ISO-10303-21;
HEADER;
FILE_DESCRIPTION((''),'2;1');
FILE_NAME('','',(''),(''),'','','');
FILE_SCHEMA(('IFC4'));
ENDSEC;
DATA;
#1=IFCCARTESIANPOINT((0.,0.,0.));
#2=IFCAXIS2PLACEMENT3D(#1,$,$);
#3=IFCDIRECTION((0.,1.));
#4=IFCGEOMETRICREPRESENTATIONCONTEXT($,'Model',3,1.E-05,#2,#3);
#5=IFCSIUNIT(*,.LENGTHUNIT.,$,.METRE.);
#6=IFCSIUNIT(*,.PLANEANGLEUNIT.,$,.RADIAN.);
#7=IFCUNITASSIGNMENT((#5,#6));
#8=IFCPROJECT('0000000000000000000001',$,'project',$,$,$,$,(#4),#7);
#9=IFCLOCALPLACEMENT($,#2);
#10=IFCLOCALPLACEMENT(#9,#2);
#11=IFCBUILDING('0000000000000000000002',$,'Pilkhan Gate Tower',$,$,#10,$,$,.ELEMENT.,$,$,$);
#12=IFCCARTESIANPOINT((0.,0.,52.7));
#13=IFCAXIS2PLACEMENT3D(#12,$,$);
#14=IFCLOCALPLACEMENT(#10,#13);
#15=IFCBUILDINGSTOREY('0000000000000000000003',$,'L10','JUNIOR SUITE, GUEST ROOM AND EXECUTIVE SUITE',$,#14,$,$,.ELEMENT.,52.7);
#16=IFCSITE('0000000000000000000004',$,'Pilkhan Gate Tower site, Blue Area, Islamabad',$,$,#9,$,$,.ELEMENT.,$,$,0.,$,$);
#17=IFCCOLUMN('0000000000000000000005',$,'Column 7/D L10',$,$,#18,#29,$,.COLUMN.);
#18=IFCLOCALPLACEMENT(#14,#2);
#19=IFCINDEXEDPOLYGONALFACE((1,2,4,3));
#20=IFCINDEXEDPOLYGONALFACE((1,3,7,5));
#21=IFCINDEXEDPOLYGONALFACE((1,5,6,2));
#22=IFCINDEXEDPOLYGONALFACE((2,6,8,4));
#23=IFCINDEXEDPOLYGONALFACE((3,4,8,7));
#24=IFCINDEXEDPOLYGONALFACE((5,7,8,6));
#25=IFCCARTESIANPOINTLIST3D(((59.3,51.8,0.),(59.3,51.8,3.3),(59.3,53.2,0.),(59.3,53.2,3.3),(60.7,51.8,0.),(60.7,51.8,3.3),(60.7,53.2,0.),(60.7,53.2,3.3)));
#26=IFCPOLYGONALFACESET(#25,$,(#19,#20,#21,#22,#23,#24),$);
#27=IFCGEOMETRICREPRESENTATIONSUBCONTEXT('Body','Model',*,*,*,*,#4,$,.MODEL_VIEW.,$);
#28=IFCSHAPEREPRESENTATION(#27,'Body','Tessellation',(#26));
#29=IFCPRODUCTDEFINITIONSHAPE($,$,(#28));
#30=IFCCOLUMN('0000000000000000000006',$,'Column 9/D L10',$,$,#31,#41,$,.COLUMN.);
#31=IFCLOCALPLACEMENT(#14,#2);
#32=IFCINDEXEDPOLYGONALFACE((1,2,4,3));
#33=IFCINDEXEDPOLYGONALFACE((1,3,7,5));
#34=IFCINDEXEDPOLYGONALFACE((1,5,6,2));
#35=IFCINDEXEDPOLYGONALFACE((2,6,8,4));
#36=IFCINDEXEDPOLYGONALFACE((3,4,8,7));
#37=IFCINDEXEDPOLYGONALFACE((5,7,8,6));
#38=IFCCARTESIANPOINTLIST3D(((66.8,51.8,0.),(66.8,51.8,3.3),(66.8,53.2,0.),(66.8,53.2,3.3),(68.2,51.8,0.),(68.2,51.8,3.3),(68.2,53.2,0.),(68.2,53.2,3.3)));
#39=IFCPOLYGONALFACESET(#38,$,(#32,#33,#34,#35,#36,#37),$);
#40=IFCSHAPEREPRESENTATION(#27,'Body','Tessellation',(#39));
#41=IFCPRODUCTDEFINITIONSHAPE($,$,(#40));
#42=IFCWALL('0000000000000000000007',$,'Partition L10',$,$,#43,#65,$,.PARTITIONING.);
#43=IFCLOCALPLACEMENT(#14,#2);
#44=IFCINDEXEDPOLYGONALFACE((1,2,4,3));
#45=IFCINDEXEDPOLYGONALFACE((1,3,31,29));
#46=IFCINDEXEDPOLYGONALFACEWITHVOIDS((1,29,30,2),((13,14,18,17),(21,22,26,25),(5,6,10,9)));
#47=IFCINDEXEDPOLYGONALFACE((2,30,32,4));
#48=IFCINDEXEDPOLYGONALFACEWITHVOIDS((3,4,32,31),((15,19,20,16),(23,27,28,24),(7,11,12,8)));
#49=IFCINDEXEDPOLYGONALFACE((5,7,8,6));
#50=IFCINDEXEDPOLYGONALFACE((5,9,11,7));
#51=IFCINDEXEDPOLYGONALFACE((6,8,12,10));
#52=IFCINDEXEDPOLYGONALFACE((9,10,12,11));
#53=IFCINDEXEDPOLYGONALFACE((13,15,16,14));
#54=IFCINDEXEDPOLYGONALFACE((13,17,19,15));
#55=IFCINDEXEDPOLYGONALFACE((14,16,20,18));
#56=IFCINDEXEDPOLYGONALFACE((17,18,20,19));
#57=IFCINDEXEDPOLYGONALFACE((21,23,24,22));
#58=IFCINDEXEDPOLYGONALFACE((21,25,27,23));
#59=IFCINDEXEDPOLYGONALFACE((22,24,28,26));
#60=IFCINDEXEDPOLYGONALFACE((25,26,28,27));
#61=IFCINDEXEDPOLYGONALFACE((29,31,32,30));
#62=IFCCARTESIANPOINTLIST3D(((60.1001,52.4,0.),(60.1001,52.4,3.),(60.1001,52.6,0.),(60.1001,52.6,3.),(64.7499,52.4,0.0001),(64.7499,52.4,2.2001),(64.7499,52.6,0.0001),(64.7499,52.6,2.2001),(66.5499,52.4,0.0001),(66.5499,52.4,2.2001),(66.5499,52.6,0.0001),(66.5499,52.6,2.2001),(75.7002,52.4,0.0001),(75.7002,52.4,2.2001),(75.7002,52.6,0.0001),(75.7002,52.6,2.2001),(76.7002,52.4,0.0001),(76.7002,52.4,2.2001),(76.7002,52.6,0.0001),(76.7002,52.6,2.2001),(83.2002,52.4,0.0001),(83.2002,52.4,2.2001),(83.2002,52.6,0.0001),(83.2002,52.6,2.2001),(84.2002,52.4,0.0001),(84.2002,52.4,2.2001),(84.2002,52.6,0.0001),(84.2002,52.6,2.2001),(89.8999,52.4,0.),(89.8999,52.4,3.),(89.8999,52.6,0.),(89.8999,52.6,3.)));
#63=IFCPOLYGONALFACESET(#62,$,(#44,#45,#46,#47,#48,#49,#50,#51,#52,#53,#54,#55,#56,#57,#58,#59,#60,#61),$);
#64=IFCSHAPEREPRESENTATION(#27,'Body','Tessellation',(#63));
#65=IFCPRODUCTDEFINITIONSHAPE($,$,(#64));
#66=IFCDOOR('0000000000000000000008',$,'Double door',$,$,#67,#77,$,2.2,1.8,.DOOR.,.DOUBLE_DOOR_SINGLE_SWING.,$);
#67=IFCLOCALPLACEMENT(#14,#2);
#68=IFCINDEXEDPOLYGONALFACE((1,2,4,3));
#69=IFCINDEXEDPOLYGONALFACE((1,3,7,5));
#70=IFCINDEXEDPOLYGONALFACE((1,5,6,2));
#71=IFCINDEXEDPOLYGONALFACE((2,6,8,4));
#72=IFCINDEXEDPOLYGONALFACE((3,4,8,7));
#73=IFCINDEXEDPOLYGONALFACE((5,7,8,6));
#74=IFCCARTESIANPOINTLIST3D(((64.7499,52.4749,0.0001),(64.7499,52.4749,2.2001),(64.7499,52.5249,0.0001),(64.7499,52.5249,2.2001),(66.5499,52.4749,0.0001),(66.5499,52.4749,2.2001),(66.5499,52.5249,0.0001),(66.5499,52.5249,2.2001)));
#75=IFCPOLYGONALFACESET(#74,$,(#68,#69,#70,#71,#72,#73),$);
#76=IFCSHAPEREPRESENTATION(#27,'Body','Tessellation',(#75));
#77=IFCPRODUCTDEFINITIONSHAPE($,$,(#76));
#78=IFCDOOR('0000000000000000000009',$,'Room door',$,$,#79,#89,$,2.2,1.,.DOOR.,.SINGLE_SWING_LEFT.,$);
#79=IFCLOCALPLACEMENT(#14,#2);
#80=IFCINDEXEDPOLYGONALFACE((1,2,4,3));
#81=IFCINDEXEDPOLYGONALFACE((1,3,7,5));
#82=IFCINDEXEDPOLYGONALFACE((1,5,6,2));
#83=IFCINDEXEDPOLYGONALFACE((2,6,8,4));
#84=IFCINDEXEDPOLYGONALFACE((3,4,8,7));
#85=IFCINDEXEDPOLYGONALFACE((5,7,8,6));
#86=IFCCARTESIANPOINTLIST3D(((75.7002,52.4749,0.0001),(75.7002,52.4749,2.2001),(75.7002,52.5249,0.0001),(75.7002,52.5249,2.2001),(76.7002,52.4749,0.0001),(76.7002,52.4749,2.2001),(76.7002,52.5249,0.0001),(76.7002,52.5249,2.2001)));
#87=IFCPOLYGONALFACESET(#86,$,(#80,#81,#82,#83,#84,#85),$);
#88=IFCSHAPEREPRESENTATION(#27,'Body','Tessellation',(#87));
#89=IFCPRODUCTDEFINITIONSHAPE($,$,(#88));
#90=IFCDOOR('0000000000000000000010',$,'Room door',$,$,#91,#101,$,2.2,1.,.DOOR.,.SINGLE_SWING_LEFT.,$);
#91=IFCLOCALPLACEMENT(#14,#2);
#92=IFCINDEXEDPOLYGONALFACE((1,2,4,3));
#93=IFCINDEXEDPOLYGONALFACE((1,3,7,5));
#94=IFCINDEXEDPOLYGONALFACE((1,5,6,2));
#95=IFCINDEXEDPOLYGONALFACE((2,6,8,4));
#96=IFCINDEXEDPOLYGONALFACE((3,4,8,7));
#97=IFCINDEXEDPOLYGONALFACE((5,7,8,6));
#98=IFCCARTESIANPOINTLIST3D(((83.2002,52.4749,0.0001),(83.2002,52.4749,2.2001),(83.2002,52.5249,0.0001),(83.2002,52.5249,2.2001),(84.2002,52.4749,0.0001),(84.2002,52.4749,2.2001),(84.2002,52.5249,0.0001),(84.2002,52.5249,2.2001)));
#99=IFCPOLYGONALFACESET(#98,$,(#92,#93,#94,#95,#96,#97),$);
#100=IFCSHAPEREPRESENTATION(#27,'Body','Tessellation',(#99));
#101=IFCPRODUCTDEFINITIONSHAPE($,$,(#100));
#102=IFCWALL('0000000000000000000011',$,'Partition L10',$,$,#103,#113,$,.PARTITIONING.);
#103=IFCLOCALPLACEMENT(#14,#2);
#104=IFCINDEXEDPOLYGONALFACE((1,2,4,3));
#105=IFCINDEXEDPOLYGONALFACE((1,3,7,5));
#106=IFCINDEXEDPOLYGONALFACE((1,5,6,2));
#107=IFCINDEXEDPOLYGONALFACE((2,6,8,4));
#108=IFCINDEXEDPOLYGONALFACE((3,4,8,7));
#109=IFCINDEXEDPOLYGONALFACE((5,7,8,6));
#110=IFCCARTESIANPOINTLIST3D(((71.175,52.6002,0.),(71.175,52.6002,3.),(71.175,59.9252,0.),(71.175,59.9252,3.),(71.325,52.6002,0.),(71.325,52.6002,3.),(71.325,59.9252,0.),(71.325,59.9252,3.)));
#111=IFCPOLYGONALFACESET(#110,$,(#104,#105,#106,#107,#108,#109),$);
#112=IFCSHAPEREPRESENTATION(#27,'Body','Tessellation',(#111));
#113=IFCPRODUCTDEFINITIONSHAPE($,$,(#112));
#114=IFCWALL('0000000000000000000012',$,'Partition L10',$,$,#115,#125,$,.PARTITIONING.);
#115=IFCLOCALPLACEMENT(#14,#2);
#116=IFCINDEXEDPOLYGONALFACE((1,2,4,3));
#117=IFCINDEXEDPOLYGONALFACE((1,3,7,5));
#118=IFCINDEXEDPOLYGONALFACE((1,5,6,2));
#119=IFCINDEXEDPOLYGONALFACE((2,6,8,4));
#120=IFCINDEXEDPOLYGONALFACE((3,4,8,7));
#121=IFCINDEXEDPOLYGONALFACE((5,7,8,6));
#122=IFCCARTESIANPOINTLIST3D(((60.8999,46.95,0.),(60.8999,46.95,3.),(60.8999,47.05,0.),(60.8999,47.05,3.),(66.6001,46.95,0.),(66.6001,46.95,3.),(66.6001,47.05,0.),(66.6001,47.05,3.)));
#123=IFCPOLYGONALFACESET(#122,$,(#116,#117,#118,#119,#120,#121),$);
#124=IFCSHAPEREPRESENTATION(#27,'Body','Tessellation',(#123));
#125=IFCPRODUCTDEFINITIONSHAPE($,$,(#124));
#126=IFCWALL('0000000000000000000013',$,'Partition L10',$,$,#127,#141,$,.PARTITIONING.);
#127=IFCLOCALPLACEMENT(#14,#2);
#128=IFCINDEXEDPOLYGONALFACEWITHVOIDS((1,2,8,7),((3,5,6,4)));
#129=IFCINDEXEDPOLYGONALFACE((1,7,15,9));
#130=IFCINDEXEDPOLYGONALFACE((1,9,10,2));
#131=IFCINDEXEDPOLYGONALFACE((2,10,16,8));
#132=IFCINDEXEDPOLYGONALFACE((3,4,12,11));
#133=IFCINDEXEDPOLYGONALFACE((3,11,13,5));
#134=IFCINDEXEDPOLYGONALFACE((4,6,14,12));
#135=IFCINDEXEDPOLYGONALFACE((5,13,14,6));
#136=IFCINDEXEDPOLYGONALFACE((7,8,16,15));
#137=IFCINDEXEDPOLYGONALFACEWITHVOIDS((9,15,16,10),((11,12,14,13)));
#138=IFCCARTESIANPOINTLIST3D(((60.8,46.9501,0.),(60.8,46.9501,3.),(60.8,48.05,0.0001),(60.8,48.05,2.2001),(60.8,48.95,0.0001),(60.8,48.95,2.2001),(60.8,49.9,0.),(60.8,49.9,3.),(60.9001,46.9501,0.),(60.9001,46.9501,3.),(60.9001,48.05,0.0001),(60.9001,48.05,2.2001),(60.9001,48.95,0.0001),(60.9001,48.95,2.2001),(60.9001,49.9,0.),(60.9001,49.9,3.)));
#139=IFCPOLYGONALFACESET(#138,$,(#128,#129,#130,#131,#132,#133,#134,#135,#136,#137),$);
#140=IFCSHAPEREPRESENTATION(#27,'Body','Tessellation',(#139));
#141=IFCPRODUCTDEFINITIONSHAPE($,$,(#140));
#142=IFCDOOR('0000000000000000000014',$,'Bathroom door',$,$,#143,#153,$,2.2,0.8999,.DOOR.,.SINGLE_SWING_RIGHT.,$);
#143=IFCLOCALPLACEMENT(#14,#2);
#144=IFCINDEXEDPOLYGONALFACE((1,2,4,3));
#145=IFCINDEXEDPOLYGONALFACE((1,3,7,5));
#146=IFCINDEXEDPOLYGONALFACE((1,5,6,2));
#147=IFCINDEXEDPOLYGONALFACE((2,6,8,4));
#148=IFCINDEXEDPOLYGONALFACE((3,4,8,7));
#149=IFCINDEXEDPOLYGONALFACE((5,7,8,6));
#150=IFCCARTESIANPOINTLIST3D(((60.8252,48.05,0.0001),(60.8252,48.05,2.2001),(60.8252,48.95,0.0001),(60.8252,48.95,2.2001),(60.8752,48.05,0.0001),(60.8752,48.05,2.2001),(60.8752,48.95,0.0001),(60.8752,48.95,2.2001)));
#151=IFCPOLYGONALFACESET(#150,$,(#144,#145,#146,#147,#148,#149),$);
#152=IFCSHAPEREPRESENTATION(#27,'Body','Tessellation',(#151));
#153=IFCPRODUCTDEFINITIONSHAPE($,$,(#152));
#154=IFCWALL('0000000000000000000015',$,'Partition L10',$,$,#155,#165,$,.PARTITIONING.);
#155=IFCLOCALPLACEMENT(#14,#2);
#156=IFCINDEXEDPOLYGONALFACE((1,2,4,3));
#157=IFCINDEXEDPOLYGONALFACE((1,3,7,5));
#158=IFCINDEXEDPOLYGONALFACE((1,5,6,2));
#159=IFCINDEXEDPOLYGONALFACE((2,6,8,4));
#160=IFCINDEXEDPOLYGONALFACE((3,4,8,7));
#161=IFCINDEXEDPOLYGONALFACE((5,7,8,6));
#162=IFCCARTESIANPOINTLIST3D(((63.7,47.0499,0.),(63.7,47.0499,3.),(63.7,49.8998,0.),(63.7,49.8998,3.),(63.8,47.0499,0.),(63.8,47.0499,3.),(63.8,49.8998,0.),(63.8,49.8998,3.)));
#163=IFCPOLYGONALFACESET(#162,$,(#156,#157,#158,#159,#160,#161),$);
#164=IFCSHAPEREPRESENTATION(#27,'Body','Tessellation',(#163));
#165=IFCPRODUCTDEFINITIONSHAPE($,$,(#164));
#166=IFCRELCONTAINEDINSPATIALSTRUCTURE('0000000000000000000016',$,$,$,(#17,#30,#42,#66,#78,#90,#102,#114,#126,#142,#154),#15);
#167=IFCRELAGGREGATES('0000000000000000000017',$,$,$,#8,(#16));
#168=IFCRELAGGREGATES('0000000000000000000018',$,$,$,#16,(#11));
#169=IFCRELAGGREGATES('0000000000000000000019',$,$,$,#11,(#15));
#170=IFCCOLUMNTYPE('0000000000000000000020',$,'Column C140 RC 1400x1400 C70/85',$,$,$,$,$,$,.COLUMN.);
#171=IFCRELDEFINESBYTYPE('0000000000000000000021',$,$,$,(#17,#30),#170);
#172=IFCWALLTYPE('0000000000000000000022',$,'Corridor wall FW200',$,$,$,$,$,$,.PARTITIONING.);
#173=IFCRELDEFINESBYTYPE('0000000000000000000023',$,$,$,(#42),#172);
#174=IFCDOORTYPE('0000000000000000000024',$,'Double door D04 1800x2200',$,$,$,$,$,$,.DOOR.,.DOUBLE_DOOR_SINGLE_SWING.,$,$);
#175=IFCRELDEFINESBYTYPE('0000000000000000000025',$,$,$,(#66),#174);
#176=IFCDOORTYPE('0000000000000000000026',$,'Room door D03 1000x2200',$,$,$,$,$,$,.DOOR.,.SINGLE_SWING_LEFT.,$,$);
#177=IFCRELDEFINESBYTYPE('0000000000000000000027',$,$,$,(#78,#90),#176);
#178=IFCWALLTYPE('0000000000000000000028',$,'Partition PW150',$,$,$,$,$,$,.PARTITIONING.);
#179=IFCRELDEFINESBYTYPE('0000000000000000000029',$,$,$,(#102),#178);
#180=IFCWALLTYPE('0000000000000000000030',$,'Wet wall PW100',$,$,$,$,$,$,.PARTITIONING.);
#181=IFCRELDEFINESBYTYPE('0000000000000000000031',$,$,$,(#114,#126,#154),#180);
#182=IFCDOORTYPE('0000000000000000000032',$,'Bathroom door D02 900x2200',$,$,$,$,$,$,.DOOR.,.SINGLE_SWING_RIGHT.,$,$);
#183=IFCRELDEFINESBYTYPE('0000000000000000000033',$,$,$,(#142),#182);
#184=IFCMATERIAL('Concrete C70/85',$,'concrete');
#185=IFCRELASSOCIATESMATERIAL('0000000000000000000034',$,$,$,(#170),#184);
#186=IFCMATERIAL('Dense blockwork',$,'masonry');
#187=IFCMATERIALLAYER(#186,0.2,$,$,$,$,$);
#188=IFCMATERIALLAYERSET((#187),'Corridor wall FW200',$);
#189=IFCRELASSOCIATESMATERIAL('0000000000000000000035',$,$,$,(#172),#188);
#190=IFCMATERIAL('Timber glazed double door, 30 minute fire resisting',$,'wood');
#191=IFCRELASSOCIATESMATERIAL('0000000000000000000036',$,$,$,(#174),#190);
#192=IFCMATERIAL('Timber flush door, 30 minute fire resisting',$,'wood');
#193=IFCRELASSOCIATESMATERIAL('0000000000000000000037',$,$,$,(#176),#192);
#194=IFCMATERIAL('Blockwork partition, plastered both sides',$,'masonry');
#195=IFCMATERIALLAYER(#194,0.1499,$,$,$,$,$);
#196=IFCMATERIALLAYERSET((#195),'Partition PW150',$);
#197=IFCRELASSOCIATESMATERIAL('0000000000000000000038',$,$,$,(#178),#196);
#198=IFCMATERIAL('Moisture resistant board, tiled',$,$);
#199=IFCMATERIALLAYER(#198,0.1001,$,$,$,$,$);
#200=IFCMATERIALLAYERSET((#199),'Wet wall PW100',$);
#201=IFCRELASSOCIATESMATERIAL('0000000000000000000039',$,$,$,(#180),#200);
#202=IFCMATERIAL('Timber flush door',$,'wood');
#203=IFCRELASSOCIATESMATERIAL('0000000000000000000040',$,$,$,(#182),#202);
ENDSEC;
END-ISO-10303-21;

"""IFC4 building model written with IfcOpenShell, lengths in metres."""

from ifc_helpers import new_model, si_unit, direction, frame, frame_2d, origin, origin_2d, place, context, subcontext, project, spatial, rectangle, extrude, material, layer, layer_set, material_profile, profile_set, type_object, element, fill, save


model = new_model("IFC4")

# Units and contexts
model_context = context("Model", 3, precision=1e-05, world=origin(), true_north=direction((0.0, 1.0)))
body_context = subcontext(model_context, "Body", "Model", "MODEL_VIEW")
ifc_project = project(units=[si_unit("LENGTHUNIT", "METRE"), si_unit("PLANEANGLEUNIT", "RADIAN")], contexts=[model_context])

# Site, building, storey
site_placement = place(None, origin())
site = spatial("IfcSite", under=ifc_project, at=site_placement, Name="Pilkhan Gate Tower site, Blue Area, Islamabad", CompositionType="ELEMENT", RefElevation=0.0)
building_placement = place(site_placement, origin())
building = spatial("IfcBuilding", under=site, at=building_placement, Name="Pilkhan Gate Tower", CompositionType="ELEMENT")
storey_placement = place(building_placement, frame((0.0, 0.0, 52.7)))
storey = spatial("IfcBuildingStorey", under=building, at=storey_placement, Name="L10", Description="JUNIOR SUITE, GUEST ROOM AND EXECUTIVE SUITE", CompositionType="ELEMENT", Elevation=52.7)

# Columns
ifc_material_1 = material(Name="Concrete C70/85", Category="concrete")
ifc_material_profile = material_profile(ifc_material_1, rectangle(XDim=1.3999, YDim=1.3999, at=origin_2d()), Name="RC 1400x1400")
ifc_profile_set = profile_set([ifc_material_profile], Name="Concrete C70/85")
column_type = type_object("IfcColumnType", Name="Column C140 RC 1400x1400 C70/85", PredefinedType="COLUMN", material=ifc_profile_set)
for number, where, z_axis, x_axis, name in (
    (1, (60.0, 52.5, 0.0), (0.0, 0.0, 1.0), (1.0, 0.0, 0.0), "Column 7/D L10"),
    (2, (67.5, 52.5, 0.0), (0.0, 0.0, 1.0), (1.0, 0.0, 0.0), "Column 9/D L10"),
):
    element("IfcColumn", number, at=place(storey_placement, frame(where, z_axis=z_axis, x_axis=x_axis)), inside=storey, type_object=column_type, Name=name, PredefinedType="COLUMN", context=body_context, shape_type="SweptSolid", body=[
        extrude(rectangle(XDim=1.3999, YDim=1.3999, at=origin_2d()), origin(), (0.0, 0.0, 1.0), 3.3),
    ])

# Wall, openings, doors
ifc_material_2 = material(Name="Dense blockwork", Category="masonry")
ifc_layer_1 = layer(ifc_material_2, 0.2)
ifc_layer_set_1 = layer_set([ifc_layer_1], Name="Corridor wall FW200")
wall_type_1 = type_object("IfcWallType", Name="Corridor wall FW200", PredefinedType="PARTITIONING", material=ifc_layer_set_1)
wall_1_placement = place(storey_placement, frame((60.1001, 52.5, 0.0), z_axis=(0.0, 0.0, 1.0), x_axis=(1.0, 0.0, 0.0)))
wall_1 = element("IfcWall", 3, at=wall_1_placement, inside=storey, type_object=wall_type_1, Name="Partition L10", PredefinedType="PARTITIONING", context=body_context, shape_type="SweptSolid", body=[
    extrude(rectangle(XDim=29.7998, YDim=0.2, at=frame_2d((14.8999, 0.0))), origin(), (0.0, 0.0, 1.0), 3.0),
])
opening_1_placement = place(wall_1_placement, frame((4.6499, 0.0, 0.0)))
opening_1 = element("IfcOpeningElement", 4, at=opening_1_placement, cuts=wall_1, PredefinedType="OPENING", context=body_context, shape_type="SweptSolid", body=[
    extrude(rectangle(XDim=1.8, YDim=2.2, at=frame_2d((0.8999, 1.1001))), frame((0.0, 0.1099, 0.0), z_axis=(0.0, -1.0, 0.0), x_axis=(1.0, 0.0, 0.0)), (0.0, 0.0, 1.0), 0.22),
])
opening_2_placement = place(wall_1_placement, frame((15.6001, 0.0, 0.0)))
opening_2 = element("IfcOpeningElement", 5, at=opening_2_placement, cuts=wall_1, PredefinedType="OPENING", context=body_context, shape_type="SweptSolid", body=[
    extrude(rectangle(XDim=1.0, YDim=2.2, at=frame_2d((0.5, 1.1001))), frame((0.0, 0.1099, 0.0), z_axis=(0.0, -1.0, 0.0), x_axis=(1.0, 0.0, 0.0)), (0.0, 0.0, 1.0), 0.22),
])
opening_3_placement = place(wall_1_placement, frame((23.1001, 0.0, 0.0)))
opening_3 = element("IfcOpeningElement", 6, at=opening_3_placement, cuts=wall_1, PredefinedType="OPENING", context=body_context, shape_type="SweptSolid", body=[
    extrude(rectangle(XDim=1.0, YDim=2.2, at=frame_2d((0.5, 1.1001))), frame((0.0, 0.1099, 0.0), z_axis=(0.0, -1.0, 0.0), x_axis=(1.0, 0.0, 0.0)), (0.0, 0.0, 1.0), 0.22),
])
ifc_material_3 = material(Name="Timber glazed double door, 30 minute fire resisting", Category="wood")
door_type_1 = type_object("IfcDoorType", Name="Double door D04 1800x2200", OperationType="DOUBLE_DOOR_SINGLE_SWING", PredefinedType="DOOR", material=ifc_material_3)
door_1_placement = place(opening_1_placement, origin())
door_1 = element("IfcDoor", 7, at=door_1_placement, inside=storey, type_object=door_type_1, Name="Double door", OperationType="DOUBLE_DOOR_SINGLE_SWING", OverallHeight=2.2, OverallWidth=1.8, PredefinedType="DOOR", context=body_context, shape_type="SweptSolid", body=[
    extrude(rectangle(XDim=1.8, YDim=2.2, at=frame_2d((0.8999, 1.1001))), frame((0.0, 0.0249, 0.0), z_axis=(0.0, -1.0, 0.0), x_axis=(1.0, 0.0, 0.0)), (0.0, 0.0, 1.0), 0.05),
])
fill(opening_1, door_1)
ifc_material_4 = material(Name="Timber flush door, 30 minute fire resisting", Category="wood")
door_type_2 = type_object("IfcDoorType", Name="Room door D03 1000x2200", OperationType="SINGLE_SWING_LEFT", PredefinedType="DOOR", material=ifc_material_4)
door_2_placement = place(opening_2_placement, origin())
door_2 = element("IfcDoor", 8, at=door_2_placement, inside=storey, type_object=door_type_2, Name="Room door", OperationType="SINGLE_SWING_LEFT", OverallHeight=2.2, OverallWidth=1.0, PredefinedType="DOOR", context=body_context, shape_type="SweptSolid", body=[
    extrude(rectangle(XDim=1.0, YDim=2.2, at=frame_2d((0.5, 1.1001))), frame((0.0, 0.0249, 0.0), z_axis=(0.0, -1.0, 0.0), x_axis=(1.0, 0.0, 0.0)), (0.0, 0.0, 1.0), 0.05),
])
fill(opening_2, door_2)
door_3_placement = place(opening_3_placement, origin())
door_3 = element("IfcDoor", 9, at=door_3_placement, inside=storey, type_object=door_type_2, Name="Room door", OperationType="SINGLE_SWING_LEFT", OverallHeight=2.2, OverallWidth=1.0, PredefinedType="DOOR", context=body_context, shape_type="SweptSolid", body=[
    extrude(rectangle(XDim=1.0, YDim=2.2, at=frame_2d((0.5, 1.1001))), frame((0.0, 0.0249, 0.0), z_axis=(0.0, -1.0, 0.0), x_axis=(1.0, 0.0, 0.0)), (0.0, 0.0, 1.0), 0.05),
])
fill(opening_3, door_3)

# Walls
ifc_material_5 = material(Name="Blockwork partition, plastered both sides", Category="masonry")
ifc_layer_2 = layer(ifc_material_5, 0.1499)
ifc_layer_set_2 = layer_set([ifc_layer_2], Name="Partition PW150")
wall_type_2 = type_object("IfcWallType", Name="Partition PW150", PredefinedType="PARTITIONING", material=ifc_layer_set_2)
wall_2_placement = place(storey_placement, frame((71.25, 52.6001, 0.0), z_axis=(0.0, 0.0, 1.0), x_axis=(0.0, 1.0, 0.0)))
element("IfcWall", 10, at=wall_2_placement, inside=storey, type_object=wall_type_2, Name="Partition L10", PredefinedType="PARTITIONING", context=body_context, shape_type="SweptSolid", body=[
    extrude(rectangle(XDim=7.325, YDim=0.1499, at=frame_2d((3.6626, 0.0))), origin(), (0.0, 0.0, 1.0), 3.0),
])
ifc_material_6 = material(Name="Moisture resistant board, tiled")
ifc_layer_3 = layer(ifc_material_6, 0.1001)
ifc_layer_set_3 = layer_set([ifc_layer_3], Name="Wet wall PW100")
wall_type_3 = type_object("IfcWallType", Name="Wet wall PW100", PredefinedType="PARTITIONING", material=ifc_layer_set_3)
wall_3_placement = place(storey_placement, frame((60.8999, 47.0, 0.0), z_axis=(0.0, 0.0, 1.0), x_axis=(1.0, 0.0, 0.0)))
element("IfcWall", 11, at=wall_3_placement, inside=storey, type_object=wall_type_3, Name="Partition L10", PredefinedType="PARTITIONING", context=body_context, shape_type="SweptSolid", body=[
    extrude(rectangle(XDim=5.7002, YDim=0.1001, at=frame_2d((2.8501, 0.0))), origin(), (0.0, 0.0, 1.0), 3.0),
])

# Wall, opening, door
wall_4_placement = place(storey_placement, frame((60.8501, 46.95, 0.0), z_axis=(0.0, 0.0, 1.0), x_axis=(0.0, 1.0, 0.0)))
wall_4 = element("IfcWall", 12, at=wall_4_placement, inside=storey, type_object=wall_type_3, Name="Partition L10", PredefinedType="PARTITIONING", context=body_context, shape_type="SweptSolid", body=[
    extrude(rectangle(XDim=2.95, YDim=0.1001, at=frame_2d((1.4751, 0.0))), origin(), (0.0, 0.0, 1.0), 3.0),
])
opening_4_placement = place(wall_4_placement, frame((1.1001, 0.0, 0.0)))
opening_4 = element("IfcOpeningElement", 13, at=opening_4_placement, cuts=wall_4, PredefinedType="OPENING", context=body_context, shape_type="SweptSolid", body=[
    extrude(rectangle(XDim=0.8999, YDim=2.2, at=frame_2d((0.45, 1.1001))), frame((0.0, 0.0601, 0.0), z_axis=(0.0, -1.0, 0.0), x_axis=(1.0, 0.0, 0.0)), (0.0, 0.0, 1.0), 0.1201),
])
ifc_material_7 = material(Name="Timber flush door", Category="wood")
door_type_3 = type_object("IfcDoorType", Name="Bathroom door D02 900x2200", OperationType="SINGLE_SWING_RIGHT", PredefinedType="DOOR", material=ifc_material_7)
door_4_placement = place(opening_4_placement, origin())
door_4 = element("IfcDoor", 14, at=door_4_placement, inside=storey, type_object=door_type_3, Name="Bathroom door", OperationType="SINGLE_SWING_RIGHT", OverallHeight=2.2, OverallWidth=0.8999, PredefinedType="DOOR", context=body_context, shape_type="SweptSolid", body=[
    extrude(rectangle(XDim=0.8999, YDim=2.2, at=frame_2d((0.45, 1.1001))), frame((0.0, 0.0249, 0.0), z_axis=(0.0, -1.0, 0.0), x_axis=(1.0, 0.0, 0.0)), (0.0, 0.0, 1.0), 0.05),
])
fill(opening_4, door_4)

# Wall
wall_5_placement = place(storey_placement, frame((63.75, 47.05, 0.0), z_axis=(0.0, 0.0, 1.0), x_axis=(0.0, 1.0, 0.0)))
element("IfcWall", 15, at=wall_5_placement, inside=storey, type_object=wall_type_3, Name="Partition L10", PredefinedType="PARTITIONING", context=body_context, shape_type="SweptSolid", body=[
    extrude(rectangle(XDim=2.8499, YDim=0.1001, at=frame_2d((1.4248, 0.0))), origin(), (0.0, 0.0, 1.0), 3.0),
])

save(model, "model.ifc")
